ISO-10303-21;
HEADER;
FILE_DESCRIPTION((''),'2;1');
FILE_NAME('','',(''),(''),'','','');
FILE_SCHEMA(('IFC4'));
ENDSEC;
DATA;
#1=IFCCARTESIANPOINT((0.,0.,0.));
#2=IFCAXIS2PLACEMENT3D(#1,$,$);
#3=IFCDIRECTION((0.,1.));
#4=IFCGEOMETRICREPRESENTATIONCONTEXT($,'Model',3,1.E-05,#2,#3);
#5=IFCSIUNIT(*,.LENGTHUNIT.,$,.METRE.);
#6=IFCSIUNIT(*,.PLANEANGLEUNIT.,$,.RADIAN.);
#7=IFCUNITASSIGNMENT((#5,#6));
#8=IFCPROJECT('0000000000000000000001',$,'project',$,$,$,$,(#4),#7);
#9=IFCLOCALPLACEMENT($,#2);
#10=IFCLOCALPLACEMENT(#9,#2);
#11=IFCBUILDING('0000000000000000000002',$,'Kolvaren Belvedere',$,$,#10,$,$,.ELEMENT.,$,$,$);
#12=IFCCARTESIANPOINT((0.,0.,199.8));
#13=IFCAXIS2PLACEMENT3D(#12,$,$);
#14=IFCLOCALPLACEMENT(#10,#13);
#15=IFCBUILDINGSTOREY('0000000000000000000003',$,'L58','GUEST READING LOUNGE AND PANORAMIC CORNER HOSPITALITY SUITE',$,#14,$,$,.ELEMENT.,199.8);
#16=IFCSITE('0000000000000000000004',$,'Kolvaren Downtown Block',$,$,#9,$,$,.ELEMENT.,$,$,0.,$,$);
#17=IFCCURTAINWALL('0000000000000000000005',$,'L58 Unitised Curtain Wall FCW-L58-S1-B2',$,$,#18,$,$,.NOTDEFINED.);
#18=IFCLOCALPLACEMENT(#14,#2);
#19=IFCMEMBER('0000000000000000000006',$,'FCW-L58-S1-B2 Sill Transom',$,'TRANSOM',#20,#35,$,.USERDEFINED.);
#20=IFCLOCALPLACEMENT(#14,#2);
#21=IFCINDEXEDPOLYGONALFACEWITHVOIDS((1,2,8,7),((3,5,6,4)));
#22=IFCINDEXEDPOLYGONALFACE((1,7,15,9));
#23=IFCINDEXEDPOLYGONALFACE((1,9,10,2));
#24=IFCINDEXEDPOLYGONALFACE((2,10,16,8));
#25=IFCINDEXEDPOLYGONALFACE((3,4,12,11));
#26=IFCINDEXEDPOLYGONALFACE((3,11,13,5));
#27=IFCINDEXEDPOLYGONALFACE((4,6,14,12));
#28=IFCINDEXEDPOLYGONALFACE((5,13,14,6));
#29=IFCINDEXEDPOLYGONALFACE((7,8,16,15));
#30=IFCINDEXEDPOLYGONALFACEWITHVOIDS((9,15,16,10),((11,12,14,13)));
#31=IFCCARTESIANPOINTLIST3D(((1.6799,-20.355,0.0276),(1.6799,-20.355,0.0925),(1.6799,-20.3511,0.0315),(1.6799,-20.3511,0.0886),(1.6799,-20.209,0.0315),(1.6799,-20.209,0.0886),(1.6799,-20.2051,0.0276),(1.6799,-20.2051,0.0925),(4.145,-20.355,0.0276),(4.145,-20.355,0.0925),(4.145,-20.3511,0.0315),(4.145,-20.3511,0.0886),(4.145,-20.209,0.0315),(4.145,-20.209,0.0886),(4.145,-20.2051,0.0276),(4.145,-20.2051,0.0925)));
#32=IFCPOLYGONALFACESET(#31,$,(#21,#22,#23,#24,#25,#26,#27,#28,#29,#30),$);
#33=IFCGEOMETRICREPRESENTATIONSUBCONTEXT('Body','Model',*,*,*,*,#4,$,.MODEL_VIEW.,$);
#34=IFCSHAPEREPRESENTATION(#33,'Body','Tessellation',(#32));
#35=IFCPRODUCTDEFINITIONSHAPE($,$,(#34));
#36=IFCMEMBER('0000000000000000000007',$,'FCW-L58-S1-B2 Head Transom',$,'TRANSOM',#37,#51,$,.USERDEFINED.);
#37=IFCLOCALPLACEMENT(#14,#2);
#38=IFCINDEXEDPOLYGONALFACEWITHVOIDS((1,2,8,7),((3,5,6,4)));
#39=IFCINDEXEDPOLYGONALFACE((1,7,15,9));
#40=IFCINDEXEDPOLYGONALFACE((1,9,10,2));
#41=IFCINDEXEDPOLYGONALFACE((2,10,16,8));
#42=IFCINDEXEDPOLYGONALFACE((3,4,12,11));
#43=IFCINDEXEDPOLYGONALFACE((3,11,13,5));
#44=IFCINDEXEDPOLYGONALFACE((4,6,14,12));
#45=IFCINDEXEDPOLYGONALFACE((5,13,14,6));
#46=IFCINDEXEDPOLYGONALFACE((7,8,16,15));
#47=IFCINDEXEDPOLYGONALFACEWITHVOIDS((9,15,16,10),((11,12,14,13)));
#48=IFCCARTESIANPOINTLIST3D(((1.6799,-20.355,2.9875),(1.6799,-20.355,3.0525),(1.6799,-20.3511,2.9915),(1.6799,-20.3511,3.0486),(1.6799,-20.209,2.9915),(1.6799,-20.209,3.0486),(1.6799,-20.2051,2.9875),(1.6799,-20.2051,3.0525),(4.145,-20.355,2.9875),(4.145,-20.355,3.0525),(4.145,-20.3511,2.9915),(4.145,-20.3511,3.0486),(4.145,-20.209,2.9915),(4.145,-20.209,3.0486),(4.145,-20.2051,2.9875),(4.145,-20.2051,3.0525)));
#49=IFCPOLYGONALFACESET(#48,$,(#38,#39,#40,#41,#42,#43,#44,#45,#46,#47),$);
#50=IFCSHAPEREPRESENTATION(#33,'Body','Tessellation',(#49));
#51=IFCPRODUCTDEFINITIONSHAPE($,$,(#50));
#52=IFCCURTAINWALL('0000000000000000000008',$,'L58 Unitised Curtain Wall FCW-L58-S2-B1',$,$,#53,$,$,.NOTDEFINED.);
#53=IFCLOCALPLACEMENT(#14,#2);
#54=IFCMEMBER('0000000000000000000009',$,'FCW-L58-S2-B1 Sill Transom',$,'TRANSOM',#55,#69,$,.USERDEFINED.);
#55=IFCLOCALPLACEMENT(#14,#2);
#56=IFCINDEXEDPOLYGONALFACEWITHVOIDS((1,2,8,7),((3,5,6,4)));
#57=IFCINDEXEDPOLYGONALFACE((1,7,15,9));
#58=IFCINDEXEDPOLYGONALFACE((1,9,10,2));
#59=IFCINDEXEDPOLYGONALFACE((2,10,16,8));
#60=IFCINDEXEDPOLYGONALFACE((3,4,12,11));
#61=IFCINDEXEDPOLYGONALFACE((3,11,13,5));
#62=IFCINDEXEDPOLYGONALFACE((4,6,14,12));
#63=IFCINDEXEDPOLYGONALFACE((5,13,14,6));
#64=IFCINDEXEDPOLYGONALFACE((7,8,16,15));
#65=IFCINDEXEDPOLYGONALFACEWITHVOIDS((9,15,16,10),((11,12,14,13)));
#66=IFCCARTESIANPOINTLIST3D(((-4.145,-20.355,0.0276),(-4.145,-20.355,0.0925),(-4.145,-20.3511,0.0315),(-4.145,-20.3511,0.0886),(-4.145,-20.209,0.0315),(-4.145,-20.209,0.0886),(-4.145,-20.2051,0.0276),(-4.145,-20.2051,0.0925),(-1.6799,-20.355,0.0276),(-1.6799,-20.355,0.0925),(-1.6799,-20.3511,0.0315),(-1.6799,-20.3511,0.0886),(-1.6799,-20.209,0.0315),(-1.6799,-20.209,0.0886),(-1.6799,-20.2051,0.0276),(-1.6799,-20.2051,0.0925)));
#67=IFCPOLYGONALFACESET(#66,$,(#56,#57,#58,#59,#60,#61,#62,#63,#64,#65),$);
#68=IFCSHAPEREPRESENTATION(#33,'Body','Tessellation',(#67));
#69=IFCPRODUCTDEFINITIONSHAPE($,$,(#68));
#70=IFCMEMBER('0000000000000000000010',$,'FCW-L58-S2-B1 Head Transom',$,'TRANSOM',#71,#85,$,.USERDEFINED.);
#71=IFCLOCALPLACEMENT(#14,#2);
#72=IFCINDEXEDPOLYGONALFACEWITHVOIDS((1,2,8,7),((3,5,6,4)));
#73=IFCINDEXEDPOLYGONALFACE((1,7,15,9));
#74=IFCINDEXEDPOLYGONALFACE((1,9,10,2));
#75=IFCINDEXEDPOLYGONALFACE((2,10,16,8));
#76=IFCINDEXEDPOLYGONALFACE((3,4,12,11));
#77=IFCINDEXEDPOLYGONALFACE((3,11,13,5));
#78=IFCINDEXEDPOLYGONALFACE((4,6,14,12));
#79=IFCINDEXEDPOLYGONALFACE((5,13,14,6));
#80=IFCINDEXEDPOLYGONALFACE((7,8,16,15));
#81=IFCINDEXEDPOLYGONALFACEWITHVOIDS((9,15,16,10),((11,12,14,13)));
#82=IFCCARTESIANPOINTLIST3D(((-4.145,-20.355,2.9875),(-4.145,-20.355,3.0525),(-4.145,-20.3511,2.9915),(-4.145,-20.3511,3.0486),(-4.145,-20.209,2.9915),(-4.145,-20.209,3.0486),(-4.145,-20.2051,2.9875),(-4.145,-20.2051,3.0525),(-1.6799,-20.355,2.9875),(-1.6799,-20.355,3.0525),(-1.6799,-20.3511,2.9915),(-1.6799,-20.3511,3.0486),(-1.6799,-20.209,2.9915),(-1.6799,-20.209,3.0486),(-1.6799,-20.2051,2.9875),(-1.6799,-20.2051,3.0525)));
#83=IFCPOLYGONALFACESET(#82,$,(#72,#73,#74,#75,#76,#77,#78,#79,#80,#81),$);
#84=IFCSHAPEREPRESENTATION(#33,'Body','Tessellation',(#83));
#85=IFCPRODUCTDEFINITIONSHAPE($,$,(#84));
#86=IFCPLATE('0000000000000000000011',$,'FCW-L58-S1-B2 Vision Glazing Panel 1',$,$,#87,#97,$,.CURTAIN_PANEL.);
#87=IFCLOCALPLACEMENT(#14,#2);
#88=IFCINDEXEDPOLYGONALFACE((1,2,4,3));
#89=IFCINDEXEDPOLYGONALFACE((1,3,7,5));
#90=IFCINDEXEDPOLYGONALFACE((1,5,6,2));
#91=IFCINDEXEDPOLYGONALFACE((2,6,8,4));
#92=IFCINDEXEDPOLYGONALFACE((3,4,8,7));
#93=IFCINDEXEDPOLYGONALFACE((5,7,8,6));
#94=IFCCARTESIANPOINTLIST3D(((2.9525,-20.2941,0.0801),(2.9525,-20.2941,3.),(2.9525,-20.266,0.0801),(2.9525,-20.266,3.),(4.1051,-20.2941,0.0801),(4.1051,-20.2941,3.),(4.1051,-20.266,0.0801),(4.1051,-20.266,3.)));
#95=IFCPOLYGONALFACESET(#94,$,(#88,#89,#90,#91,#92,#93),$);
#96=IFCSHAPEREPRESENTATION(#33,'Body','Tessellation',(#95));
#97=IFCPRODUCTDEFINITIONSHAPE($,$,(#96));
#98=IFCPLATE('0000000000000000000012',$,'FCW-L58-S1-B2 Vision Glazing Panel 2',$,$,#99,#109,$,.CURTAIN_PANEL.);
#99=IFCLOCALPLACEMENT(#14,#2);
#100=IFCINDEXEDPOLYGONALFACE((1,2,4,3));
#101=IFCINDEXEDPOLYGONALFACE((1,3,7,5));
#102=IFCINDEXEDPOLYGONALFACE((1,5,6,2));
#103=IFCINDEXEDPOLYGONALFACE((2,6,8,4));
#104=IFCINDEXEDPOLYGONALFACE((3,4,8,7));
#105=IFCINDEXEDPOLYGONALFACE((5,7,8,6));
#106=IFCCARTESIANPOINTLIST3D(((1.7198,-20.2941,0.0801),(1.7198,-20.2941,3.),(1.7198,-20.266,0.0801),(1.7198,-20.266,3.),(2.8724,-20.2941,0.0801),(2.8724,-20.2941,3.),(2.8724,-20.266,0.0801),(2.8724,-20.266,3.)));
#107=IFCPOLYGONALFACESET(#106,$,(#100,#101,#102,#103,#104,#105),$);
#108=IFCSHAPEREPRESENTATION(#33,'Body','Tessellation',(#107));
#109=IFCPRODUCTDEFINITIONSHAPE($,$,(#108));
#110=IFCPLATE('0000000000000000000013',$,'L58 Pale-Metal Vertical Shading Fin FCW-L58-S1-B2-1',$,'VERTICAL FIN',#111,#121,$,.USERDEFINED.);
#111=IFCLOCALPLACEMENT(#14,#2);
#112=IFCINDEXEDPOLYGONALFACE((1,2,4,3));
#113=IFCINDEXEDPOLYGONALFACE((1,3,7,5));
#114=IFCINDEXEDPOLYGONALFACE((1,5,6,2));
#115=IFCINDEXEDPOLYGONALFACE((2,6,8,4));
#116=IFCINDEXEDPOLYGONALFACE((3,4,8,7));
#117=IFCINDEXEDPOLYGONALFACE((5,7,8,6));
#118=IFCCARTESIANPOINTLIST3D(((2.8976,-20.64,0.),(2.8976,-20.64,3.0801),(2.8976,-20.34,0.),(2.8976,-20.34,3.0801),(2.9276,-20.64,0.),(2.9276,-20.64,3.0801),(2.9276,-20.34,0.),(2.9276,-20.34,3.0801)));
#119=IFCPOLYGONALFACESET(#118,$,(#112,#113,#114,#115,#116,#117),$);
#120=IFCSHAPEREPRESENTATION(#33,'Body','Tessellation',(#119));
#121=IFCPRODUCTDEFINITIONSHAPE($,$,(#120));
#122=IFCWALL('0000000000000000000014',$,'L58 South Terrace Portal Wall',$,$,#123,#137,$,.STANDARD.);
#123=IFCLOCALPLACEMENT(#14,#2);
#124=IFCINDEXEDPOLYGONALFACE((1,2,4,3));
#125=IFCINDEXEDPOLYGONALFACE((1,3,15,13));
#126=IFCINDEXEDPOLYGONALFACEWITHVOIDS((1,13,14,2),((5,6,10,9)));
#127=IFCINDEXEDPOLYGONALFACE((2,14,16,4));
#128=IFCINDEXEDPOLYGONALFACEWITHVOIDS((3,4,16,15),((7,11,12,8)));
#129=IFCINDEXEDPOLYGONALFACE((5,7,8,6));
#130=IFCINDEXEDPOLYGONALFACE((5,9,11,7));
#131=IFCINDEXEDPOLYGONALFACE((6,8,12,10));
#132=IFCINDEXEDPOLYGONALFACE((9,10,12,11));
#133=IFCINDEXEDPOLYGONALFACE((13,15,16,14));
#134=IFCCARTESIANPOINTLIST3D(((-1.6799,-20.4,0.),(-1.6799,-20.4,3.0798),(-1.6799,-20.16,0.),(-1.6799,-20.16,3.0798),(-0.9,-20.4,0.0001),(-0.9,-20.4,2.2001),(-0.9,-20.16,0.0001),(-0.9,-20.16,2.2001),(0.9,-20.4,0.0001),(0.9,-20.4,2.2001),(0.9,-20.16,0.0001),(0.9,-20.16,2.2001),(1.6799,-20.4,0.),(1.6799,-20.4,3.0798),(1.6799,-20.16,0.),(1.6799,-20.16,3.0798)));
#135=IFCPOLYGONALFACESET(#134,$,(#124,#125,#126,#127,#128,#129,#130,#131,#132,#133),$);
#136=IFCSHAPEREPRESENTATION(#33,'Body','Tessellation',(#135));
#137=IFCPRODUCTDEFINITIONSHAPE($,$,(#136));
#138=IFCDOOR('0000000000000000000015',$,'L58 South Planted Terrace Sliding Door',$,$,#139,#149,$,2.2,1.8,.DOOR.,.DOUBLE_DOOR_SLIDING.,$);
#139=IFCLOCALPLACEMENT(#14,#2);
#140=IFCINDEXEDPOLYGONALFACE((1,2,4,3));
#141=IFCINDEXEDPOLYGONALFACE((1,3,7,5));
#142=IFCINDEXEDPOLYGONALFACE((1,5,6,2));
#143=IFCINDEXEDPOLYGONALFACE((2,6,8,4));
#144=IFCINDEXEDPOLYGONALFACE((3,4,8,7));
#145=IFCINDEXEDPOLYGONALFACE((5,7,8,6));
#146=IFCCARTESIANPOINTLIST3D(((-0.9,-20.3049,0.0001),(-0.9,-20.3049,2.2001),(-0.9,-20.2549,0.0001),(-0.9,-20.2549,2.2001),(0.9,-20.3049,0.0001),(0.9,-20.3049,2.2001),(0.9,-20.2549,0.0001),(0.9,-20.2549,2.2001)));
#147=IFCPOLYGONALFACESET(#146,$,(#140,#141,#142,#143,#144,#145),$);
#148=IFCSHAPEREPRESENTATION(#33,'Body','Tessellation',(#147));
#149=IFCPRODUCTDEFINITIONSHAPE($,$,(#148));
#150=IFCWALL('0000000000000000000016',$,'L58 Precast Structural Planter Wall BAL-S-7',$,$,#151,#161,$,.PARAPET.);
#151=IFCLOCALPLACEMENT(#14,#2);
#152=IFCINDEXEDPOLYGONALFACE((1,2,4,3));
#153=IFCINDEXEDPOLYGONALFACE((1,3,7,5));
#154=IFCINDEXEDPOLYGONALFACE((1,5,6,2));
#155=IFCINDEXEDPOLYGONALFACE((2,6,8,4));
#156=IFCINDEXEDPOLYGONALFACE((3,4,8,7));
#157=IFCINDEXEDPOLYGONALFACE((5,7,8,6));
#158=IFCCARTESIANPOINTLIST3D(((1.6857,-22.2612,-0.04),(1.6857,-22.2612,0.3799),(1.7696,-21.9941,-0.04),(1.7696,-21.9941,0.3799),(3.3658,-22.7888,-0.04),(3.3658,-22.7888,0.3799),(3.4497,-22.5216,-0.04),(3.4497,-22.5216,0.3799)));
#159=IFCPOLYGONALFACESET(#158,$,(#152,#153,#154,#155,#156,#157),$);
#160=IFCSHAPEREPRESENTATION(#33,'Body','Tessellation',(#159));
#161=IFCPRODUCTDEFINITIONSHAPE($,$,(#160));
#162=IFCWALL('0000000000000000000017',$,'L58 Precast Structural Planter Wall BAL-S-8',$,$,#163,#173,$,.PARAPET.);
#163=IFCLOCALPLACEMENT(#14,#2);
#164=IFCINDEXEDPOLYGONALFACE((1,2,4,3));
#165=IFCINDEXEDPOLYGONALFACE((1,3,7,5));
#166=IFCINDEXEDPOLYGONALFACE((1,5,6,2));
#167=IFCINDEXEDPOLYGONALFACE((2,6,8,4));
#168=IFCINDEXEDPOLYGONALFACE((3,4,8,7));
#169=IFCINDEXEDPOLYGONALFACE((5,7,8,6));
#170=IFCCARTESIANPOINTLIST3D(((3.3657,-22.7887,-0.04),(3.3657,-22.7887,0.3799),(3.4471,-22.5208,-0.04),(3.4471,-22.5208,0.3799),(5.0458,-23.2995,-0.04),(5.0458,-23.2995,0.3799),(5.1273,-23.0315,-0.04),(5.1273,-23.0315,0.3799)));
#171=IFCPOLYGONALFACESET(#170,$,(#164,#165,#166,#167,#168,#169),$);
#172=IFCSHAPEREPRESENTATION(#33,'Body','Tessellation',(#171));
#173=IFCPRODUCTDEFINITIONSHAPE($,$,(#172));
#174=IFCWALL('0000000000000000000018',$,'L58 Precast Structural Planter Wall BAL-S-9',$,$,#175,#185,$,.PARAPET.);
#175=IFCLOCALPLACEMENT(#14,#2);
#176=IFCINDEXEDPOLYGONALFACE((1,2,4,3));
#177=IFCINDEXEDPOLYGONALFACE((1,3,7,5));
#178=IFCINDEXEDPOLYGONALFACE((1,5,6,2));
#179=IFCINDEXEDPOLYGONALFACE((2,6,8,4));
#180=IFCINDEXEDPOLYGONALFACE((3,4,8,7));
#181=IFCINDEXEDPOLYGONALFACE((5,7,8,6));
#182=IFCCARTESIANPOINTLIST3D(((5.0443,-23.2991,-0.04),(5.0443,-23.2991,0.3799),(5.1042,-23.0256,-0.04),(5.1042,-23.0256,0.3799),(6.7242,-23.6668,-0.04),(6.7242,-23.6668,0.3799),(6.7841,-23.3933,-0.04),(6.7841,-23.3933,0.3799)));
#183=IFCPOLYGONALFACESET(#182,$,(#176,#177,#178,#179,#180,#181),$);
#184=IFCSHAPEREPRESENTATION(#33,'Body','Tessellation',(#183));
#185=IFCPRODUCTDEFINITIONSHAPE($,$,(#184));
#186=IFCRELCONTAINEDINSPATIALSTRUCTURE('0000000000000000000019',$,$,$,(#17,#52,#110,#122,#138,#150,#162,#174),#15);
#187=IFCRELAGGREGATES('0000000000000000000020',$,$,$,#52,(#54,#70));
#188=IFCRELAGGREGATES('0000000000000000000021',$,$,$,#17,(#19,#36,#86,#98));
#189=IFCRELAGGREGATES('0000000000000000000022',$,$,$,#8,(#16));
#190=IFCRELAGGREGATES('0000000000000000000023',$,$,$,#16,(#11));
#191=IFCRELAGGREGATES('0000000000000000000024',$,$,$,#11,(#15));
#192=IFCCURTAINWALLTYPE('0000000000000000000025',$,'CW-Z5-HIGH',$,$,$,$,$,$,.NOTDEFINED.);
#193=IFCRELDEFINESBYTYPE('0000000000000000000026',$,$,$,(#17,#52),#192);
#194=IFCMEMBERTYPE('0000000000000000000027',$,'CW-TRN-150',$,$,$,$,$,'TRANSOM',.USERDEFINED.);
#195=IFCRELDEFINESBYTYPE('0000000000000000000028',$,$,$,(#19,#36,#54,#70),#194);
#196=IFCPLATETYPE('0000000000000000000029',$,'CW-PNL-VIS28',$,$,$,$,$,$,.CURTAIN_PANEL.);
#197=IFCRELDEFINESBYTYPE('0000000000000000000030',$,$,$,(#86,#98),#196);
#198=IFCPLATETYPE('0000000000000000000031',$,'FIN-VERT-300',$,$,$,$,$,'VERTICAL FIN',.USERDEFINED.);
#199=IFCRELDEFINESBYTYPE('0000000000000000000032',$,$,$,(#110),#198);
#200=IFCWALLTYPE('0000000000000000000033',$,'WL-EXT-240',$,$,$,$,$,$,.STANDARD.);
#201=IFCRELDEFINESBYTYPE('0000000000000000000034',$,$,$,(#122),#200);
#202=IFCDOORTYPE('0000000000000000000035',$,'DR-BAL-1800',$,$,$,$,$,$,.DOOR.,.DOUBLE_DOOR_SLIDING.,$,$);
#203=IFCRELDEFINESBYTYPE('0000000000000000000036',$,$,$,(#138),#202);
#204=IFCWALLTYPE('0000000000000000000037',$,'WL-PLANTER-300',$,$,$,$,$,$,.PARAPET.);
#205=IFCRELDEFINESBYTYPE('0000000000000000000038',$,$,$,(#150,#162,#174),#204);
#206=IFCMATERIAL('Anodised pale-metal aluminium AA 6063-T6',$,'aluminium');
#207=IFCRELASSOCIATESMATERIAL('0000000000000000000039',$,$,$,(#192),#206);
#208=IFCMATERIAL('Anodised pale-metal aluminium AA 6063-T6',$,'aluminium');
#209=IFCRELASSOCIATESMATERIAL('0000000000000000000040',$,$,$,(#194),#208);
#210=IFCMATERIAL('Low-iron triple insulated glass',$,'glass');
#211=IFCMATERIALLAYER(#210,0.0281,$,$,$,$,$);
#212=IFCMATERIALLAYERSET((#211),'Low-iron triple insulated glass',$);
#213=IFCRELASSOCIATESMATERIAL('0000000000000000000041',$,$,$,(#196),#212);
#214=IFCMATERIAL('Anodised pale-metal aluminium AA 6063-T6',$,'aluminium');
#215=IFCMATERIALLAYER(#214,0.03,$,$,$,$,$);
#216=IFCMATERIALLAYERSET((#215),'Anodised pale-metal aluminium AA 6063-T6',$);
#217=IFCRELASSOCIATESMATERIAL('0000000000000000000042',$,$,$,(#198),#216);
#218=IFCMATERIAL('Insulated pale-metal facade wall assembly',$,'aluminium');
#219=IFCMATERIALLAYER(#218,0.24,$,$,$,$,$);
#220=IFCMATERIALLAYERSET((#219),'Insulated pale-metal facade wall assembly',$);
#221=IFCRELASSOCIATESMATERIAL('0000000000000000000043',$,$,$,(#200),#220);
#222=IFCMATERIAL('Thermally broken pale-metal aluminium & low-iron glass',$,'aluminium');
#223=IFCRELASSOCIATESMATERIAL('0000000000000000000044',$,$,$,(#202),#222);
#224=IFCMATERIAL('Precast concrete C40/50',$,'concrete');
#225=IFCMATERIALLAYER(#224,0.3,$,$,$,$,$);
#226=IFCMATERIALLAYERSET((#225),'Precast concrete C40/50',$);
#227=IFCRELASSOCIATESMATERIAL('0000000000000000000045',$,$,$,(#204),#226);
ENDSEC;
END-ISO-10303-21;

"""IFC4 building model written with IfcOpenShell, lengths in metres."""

from ifc_helpers import new_model, si_unit, direction, frame, frame_2d, origin, origin_2d, place, context, subcontext, project, spatial, rectangle, hollow_rectangle, extrude, material, layer, layer_set, material_profile, profile_set, type_object, element, fill, aggregate, save


model = new_model("IFC4")

# Units and contexts
model_context = context("Model", 3, precision=1e-05, world=origin(), true_north=direction((0.0, 1.0)))
body_context = subcontext(model_context, "Body", "Model", "MODEL_VIEW")
ifc_project = project(units=[si_unit("LENGTHUNIT", "METRE"), si_unit("PLANEANGLEUNIT", "RADIAN")], contexts=[model_context])

# Site, building, storey
site_placement = place(None, origin())
site = spatial("IfcSite", under=ifc_project, at=site_placement, Name="Kolvaren Downtown Block", CompositionType="ELEMENT", RefElevation=0.0)
building_placement = place(site_placement, origin())
building = spatial("IfcBuilding", under=site, at=building_placement, Name="Kolvaren Belvedere", CompositionType="ELEMENT")
storey_placement = place(building_placement, frame((0.0, 0.0, 199.8)))
storey = spatial("IfcBuildingStorey", under=building, at=storey_placement, Name="L58", Description="GUEST READING LOUNGE AND PANORAMIC CORNER HOSPITALITY SUITE", CompositionType="ELEMENT", Elevation=199.8)

# Shared definitions
ifc_material_1 = material(Name="Anodised pale-metal aluminium AA 6063-T6", Category="aluminium")
curtain_wall_type = type_object("IfcCurtainWallType", Name="CW-Z5-HIGH", PredefinedType="NOTDEFINED", material=ifc_material_1)

# Curtain walls, members
curtain_wall_1_placement = place(storey_placement, origin())
curtain_wall_1 = element("IfcCurtainWall", 1, at=curtain_wall_1_placement, inside=storey, type_object=curtain_wall_type, Name="L58 Unitised Curtain Wall FCW-L58-S1-B2", PredefinedType="NOTDEFINED")
ifc_material_2 = material(Name="Anodised pale-metal aluminium AA 6063-T6", Category="aluminium")
ifc_material_profile_1 = material_profile(ifc_material_2, hollow_rectangle(XDim=0.0649, YDim=0.1499, WallThickness=0.0039, at=origin_2d()), Name="ALU-TRN-150X65")
ifc_profile_set_1 = profile_set([ifc_material_profile_1], Name="Anodised pale-metal aluminium AA 6063-T6")
member_type_1 = type_object("IfcMemberType", Name="CW-TRN-150", ElementType="TRANSOM", PredefinedType="USERDEFINED", material=ifc_profile_set_1)
member_1_placement = place(storey_placement, frame((4.145, -20.28, 0.0601), z_axis=(-1.0, 0.0, 0.0), x_axis=(0.0, 0.0, 1.0)))
member_1 = element("IfcMember", 2, at=member_1_placement, type_object=member_type_1, Name="FCW-L58-S1-B2 Sill Transom", ObjectType="TRANSOM", PredefinedType="USERDEFINED", context=body_context, shape_type="SweptSolid", body=[
    extrude(hollow_rectangle(XDim=0.0649, YDim=0.1499, WallThickness=0.0039, at=origin_2d()), origin(), (0.0, 0.0, 1.0), 2.4651),
])
member_2_placement = place(storey_placement, frame((4.145, -20.28, 3.02), z_axis=(-1.0, 0.0, 0.0), x_axis=(0.0, 0.0, 1.0)))
member_2 = element("IfcMember", 3, at=member_2_placement, type_object=member_type_1, Name="FCW-L58-S1-B2 Head Transom", ObjectType="TRANSOM", PredefinedType="USERDEFINED", context=body_context, shape_type="SweptSolid", body=[
    extrude(hollow_rectangle(XDim=0.0649, YDim=0.1499, WallThickness=0.0039, at=origin_2d()), origin(), (0.0, 0.0, 1.0), 2.4651),
])
curtain_wall_2_placement = place(storey_placement, origin())
curtain_wall_2 = element("IfcCurtainWall", 4, at=curtain_wall_2_placement, inside=storey, type_object=curtain_wall_type, Name="L58 Unitised Curtain Wall FCW-L58-S2-B1", PredefinedType="NOTDEFINED")
member_3_placement = place(storey_placement, frame((-1.6799, -20.28, 0.0601), z_axis=(-1.0, 0.0, 0.0), x_axis=(0.0, 0.0, 1.0)))
member_3 = element("IfcMember", 5, at=member_3_placement, type_object=member_type_1, Name="FCW-L58-S2-B1 Sill Transom", ObjectType="TRANSOM", PredefinedType="USERDEFINED", context=body_context, shape_type="SweptSolid", body=[
    extrude(hollow_rectangle(XDim=0.0649, YDim=0.1499, WallThickness=0.0039, at=origin_2d()), origin(), (0.0, 0.0, 1.0), 2.4651),
])
member_4_placement = place(storey_placement, frame((-1.6799, -20.28, 3.02), z_axis=(-1.0, 0.0, 0.0), x_axis=(0.0, 0.0, 1.0)))
member_4 = element("IfcMember", 6, at=member_4_placement, type_object=member_type_1, Name="FCW-L58-S2-B1 Head Transom", ObjectType="TRANSOM", PredefinedType="USERDEFINED", context=body_context, shape_type="SweptSolid", body=[
    extrude(hollow_rectangle(XDim=0.0649, YDim=0.1499, WallThickness=0.0039, at=origin_2d()), origin(), (0.0, 0.0, 1.0), 2.4651),
])
aggregate(curtain_wall_2, [member_3, member_4])

# Plates
ifc_material_3 = material(Name="Low-iron triple insulated glass", Category="glass")
ifc_layer_1 = layer(ifc_material_3, 0.0281)
ifc_layer_set_1 = layer_set([ifc_layer_1], Name="Low-iron triple insulated glass")
plate_type_1 = type_object("IfcPlateType", Name="CW-PNL-VIS28", PredefinedType="CURTAIN_PANEL", material=ifc_layer_set_1)
plate_1_placement = place(storey_placement, frame((3.5288, -20.28, 0.0801), z_axis=(0.0, 0.0, 1.0), x_axis=(-1.0, 0.0, 0.0)))
plate_1 = element("IfcPlate", 7, at=plate_1_placement, type_object=plate_type_1, Name="FCW-L58-S1-B2 Vision Glazing Panel 1", PredefinedType="CURTAIN_PANEL", context=body_context, shape_type="SweptSolid", body=[
    extrude(rectangle(XDim=1.1526, YDim=0.0281, at=origin_2d()), origin(), (0.0, 0.0, 1.0), 2.9199),
])
plate_2_placement = place(storey_placement, frame((2.2961, -20.28, 0.0801), z_axis=(0.0, 0.0, 1.0), x_axis=(-1.0, 0.0, 0.0)))
plate_2 = element("IfcPlate", 8, at=plate_2_placement, type_object=plate_type_1, Name="FCW-L58-S1-B2 Vision Glazing Panel 2", PredefinedType="CURTAIN_PANEL", context=body_context, shape_type="SweptSolid", body=[
    extrude(rectangle(XDim=1.1526, YDim=0.0281, at=origin_2d()), origin(), (0.0, 0.0, 1.0), 2.9199),
])
aggregate(curtain_wall_1, [member_1, member_2, plate_1, plate_2])
ifc_material_4 = material(Name="Anodised pale-metal aluminium AA 6063-T6", Category="aluminium")
ifc_layer_2 = layer(ifc_material_4, 0.03)
ifc_layer_set_2 = layer_set([ifc_layer_2], Name="Anodised pale-metal aluminium AA 6063-T6")
plate_type_2 = type_object("IfcPlateType", Name="FIN-VERT-300", ElementType="VERTICAL FIN", PredefinedType="USERDEFINED", material=ifc_layer_set_2)
plate_3_placement = place(storey_placement, frame((2.9126, -20.49, 0.0), z_axis=(0.0, 0.0, 1.0), x_axis=(0.0, 1.0, 0.0)))
element("IfcPlate", 9, at=plate_3_placement, inside=storey, type_object=plate_type_2, Name="L58 Pale-Metal Vertical Shading Fin FCW-L58-S1-B2-1", ObjectType="VERTICAL FIN", PredefinedType="USERDEFINED", context=body_context, shape_type="SweptSolid", body=[
    extrude(rectangle(XDim=0.3, YDim=0.03, at=origin_2d()), origin(), (0.0, 0.0, 1.0), 3.0801),
])

# Wall, opening, door
ifc_material_5 = material(Name="Insulated pale-metal facade wall assembly", Category="aluminium")
ifc_layer_3 = layer(ifc_material_5, 0.24)
ifc_layer_set_3 = layer_set([ifc_layer_3], Name="Insulated pale-metal facade wall assembly")
wall_type_1 = type_object("IfcWallType", Name="WL-EXT-240", PredefinedType="STANDARD", material=ifc_layer_set_3)
wall_1_placement = place(storey_placement, frame((1.6799, -20.28, 0.0), z_axis=(0.0, 0.0, 1.0), x_axis=(-1.0, 0.0, 0.0)))
wall_1 = element("IfcWall", 10, at=wall_1_placement, inside=storey, type_object=wall_type_1, Name="L58 South Terrace Portal Wall", PredefinedType="STANDARD", context=body_context, shape_type="SweptSolid", body=[
    extrude(rectangle(XDim=3.3599, YDim=0.24, at=frame_2d((1.6799, 0.0))), origin(), (0.0, 0.0, 1.0), 3.0798),
])
opening_placement = place(wall_1_placement, frame((0.78, 0.0, 0.0)))
opening = element("IfcOpeningElement", 11, at=opening_placement, cuts=wall_1, PredefinedType="OPENING", context=body_context, shape_type="SweptSolid", body=[
    extrude(rectangle(XDim=1.8, YDim=2.2, at=frame_2d((0.8999, 1.1001))), frame((0.0, 0.1299, 0.0), z_axis=(0.0, -1.0, 0.0), x_axis=(1.0, 0.0, 0.0)), (0.0, 0.0, 1.0), 0.26),
])
ifc_material_6 = material(Name="Thermally broken pale-metal aluminium & low-iron glass", Category="aluminium")
door_type = type_object("IfcDoorType", Name="DR-BAL-1800", OperationType="DOUBLE_DOOR_SLIDING", PredefinedType="DOOR", material=ifc_material_6)
door_placement = place(opening_placement, origin())
door = element("IfcDoor", 12, at=door_placement, inside=storey, type_object=door_type, Name="L58 South Planted Terrace Sliding Door", OperationType="DOUBLE_DOOR_SLIDING", OverallHeight=2.2, OverallWidth=1.8, PredefinedType="DOOR", context=body_context, shape_type="SweptSolid", body=[
    extrude(rectangle(XDim=1.8, YDim=2.2, at=frame_2d((0.8999, 1.1001))), frame((0.0, 0.0249, 0.0), z_axis=(0.0, -1.0, 0.0), x_axis=(1.0, 0.0, 0.0)), (0.0, 0.0, 1.0), 0.05),
])
fill(opening, door)

# Walls
ifc_material_7 = material(Name="Precast concrete C40/50", Category="concrete")
ifc_layer_4 = layer(ifc_material_7, 0.3)
ifc_layer_set_4 = layer_set([ifc_layer_4], Name="Precast concrete C40/50")
wall_type_2 = type_object("IfcWallType", Name="WL-PLANTER-300", PredefinedType="PARAPET", material=ifc_layer_set_4)
wall_2_placement = place(storey_placement, frame((1.7278, -22.1277, -0.04), z_axis=(0.0, 0.0, 1.0), x_axis=(0.95407, -0.299585, 0.0)))
element("IfcWall", 13, at=wall_2_placement, inside=storey, type_object=wall_type_2, Name="L58 Precast Structural Planter Wall BAL-S-7", PredefinedType="PARAPET", context=body_context, shape_type="SweptSolid", body=[
    extrude(rectangle(XDim=1.761, YDim=0.28, at=frame_2d((0.8804, 0.0))), origin(), (0.0, 0.0, 1.0), 0.4199),
])
wall_3_placement = place(storey_placement, frame((3.4065, -22.6548, -0.04), z_axis=(0.0, 0.0, 1.0), x_axis=(0.956771, -0.290841, 0.0)))
element("IfcWall", 14, at=wall_3_placement, inside=storey, type_object=wall_type_2, Name="L58 Precast Structural Planter Wall BAL-S-8", PredefinedType="PARAPET", context=body_context, shape_type="SweptSolid", body=[
    extrude(rectangle(XDim=1.7561, YDim=0.28, at=frame_2d((0.8779, 0.0))), origin(), (0.0, 0.0, 1.0), 0.4199),
])
wall_4_placement = place(storey_placement, frame((5.0742, -23.1624, -0.04), z_axis=(0.0, 0.0, 1.0), x_axis=(0.976877, -0.213803, 0.0)))
element("IfcWall", 15, at=wall_4_placement, inside=storey, type_object=wall_type_2, Name="L58 Precast Structural Planter Wall BAL-S-9", PredefinedType="PARAPET", context=body_context, shape_type="SweptSolid", body=[
    extrude(rectangle(XDim=1.7197, YDim=0.28, at=frame_2d((0.8599, 0.0))), origin(), (0.0, 0.0, 1.0), 0.4199),
])

save(model, "model.ifc")
